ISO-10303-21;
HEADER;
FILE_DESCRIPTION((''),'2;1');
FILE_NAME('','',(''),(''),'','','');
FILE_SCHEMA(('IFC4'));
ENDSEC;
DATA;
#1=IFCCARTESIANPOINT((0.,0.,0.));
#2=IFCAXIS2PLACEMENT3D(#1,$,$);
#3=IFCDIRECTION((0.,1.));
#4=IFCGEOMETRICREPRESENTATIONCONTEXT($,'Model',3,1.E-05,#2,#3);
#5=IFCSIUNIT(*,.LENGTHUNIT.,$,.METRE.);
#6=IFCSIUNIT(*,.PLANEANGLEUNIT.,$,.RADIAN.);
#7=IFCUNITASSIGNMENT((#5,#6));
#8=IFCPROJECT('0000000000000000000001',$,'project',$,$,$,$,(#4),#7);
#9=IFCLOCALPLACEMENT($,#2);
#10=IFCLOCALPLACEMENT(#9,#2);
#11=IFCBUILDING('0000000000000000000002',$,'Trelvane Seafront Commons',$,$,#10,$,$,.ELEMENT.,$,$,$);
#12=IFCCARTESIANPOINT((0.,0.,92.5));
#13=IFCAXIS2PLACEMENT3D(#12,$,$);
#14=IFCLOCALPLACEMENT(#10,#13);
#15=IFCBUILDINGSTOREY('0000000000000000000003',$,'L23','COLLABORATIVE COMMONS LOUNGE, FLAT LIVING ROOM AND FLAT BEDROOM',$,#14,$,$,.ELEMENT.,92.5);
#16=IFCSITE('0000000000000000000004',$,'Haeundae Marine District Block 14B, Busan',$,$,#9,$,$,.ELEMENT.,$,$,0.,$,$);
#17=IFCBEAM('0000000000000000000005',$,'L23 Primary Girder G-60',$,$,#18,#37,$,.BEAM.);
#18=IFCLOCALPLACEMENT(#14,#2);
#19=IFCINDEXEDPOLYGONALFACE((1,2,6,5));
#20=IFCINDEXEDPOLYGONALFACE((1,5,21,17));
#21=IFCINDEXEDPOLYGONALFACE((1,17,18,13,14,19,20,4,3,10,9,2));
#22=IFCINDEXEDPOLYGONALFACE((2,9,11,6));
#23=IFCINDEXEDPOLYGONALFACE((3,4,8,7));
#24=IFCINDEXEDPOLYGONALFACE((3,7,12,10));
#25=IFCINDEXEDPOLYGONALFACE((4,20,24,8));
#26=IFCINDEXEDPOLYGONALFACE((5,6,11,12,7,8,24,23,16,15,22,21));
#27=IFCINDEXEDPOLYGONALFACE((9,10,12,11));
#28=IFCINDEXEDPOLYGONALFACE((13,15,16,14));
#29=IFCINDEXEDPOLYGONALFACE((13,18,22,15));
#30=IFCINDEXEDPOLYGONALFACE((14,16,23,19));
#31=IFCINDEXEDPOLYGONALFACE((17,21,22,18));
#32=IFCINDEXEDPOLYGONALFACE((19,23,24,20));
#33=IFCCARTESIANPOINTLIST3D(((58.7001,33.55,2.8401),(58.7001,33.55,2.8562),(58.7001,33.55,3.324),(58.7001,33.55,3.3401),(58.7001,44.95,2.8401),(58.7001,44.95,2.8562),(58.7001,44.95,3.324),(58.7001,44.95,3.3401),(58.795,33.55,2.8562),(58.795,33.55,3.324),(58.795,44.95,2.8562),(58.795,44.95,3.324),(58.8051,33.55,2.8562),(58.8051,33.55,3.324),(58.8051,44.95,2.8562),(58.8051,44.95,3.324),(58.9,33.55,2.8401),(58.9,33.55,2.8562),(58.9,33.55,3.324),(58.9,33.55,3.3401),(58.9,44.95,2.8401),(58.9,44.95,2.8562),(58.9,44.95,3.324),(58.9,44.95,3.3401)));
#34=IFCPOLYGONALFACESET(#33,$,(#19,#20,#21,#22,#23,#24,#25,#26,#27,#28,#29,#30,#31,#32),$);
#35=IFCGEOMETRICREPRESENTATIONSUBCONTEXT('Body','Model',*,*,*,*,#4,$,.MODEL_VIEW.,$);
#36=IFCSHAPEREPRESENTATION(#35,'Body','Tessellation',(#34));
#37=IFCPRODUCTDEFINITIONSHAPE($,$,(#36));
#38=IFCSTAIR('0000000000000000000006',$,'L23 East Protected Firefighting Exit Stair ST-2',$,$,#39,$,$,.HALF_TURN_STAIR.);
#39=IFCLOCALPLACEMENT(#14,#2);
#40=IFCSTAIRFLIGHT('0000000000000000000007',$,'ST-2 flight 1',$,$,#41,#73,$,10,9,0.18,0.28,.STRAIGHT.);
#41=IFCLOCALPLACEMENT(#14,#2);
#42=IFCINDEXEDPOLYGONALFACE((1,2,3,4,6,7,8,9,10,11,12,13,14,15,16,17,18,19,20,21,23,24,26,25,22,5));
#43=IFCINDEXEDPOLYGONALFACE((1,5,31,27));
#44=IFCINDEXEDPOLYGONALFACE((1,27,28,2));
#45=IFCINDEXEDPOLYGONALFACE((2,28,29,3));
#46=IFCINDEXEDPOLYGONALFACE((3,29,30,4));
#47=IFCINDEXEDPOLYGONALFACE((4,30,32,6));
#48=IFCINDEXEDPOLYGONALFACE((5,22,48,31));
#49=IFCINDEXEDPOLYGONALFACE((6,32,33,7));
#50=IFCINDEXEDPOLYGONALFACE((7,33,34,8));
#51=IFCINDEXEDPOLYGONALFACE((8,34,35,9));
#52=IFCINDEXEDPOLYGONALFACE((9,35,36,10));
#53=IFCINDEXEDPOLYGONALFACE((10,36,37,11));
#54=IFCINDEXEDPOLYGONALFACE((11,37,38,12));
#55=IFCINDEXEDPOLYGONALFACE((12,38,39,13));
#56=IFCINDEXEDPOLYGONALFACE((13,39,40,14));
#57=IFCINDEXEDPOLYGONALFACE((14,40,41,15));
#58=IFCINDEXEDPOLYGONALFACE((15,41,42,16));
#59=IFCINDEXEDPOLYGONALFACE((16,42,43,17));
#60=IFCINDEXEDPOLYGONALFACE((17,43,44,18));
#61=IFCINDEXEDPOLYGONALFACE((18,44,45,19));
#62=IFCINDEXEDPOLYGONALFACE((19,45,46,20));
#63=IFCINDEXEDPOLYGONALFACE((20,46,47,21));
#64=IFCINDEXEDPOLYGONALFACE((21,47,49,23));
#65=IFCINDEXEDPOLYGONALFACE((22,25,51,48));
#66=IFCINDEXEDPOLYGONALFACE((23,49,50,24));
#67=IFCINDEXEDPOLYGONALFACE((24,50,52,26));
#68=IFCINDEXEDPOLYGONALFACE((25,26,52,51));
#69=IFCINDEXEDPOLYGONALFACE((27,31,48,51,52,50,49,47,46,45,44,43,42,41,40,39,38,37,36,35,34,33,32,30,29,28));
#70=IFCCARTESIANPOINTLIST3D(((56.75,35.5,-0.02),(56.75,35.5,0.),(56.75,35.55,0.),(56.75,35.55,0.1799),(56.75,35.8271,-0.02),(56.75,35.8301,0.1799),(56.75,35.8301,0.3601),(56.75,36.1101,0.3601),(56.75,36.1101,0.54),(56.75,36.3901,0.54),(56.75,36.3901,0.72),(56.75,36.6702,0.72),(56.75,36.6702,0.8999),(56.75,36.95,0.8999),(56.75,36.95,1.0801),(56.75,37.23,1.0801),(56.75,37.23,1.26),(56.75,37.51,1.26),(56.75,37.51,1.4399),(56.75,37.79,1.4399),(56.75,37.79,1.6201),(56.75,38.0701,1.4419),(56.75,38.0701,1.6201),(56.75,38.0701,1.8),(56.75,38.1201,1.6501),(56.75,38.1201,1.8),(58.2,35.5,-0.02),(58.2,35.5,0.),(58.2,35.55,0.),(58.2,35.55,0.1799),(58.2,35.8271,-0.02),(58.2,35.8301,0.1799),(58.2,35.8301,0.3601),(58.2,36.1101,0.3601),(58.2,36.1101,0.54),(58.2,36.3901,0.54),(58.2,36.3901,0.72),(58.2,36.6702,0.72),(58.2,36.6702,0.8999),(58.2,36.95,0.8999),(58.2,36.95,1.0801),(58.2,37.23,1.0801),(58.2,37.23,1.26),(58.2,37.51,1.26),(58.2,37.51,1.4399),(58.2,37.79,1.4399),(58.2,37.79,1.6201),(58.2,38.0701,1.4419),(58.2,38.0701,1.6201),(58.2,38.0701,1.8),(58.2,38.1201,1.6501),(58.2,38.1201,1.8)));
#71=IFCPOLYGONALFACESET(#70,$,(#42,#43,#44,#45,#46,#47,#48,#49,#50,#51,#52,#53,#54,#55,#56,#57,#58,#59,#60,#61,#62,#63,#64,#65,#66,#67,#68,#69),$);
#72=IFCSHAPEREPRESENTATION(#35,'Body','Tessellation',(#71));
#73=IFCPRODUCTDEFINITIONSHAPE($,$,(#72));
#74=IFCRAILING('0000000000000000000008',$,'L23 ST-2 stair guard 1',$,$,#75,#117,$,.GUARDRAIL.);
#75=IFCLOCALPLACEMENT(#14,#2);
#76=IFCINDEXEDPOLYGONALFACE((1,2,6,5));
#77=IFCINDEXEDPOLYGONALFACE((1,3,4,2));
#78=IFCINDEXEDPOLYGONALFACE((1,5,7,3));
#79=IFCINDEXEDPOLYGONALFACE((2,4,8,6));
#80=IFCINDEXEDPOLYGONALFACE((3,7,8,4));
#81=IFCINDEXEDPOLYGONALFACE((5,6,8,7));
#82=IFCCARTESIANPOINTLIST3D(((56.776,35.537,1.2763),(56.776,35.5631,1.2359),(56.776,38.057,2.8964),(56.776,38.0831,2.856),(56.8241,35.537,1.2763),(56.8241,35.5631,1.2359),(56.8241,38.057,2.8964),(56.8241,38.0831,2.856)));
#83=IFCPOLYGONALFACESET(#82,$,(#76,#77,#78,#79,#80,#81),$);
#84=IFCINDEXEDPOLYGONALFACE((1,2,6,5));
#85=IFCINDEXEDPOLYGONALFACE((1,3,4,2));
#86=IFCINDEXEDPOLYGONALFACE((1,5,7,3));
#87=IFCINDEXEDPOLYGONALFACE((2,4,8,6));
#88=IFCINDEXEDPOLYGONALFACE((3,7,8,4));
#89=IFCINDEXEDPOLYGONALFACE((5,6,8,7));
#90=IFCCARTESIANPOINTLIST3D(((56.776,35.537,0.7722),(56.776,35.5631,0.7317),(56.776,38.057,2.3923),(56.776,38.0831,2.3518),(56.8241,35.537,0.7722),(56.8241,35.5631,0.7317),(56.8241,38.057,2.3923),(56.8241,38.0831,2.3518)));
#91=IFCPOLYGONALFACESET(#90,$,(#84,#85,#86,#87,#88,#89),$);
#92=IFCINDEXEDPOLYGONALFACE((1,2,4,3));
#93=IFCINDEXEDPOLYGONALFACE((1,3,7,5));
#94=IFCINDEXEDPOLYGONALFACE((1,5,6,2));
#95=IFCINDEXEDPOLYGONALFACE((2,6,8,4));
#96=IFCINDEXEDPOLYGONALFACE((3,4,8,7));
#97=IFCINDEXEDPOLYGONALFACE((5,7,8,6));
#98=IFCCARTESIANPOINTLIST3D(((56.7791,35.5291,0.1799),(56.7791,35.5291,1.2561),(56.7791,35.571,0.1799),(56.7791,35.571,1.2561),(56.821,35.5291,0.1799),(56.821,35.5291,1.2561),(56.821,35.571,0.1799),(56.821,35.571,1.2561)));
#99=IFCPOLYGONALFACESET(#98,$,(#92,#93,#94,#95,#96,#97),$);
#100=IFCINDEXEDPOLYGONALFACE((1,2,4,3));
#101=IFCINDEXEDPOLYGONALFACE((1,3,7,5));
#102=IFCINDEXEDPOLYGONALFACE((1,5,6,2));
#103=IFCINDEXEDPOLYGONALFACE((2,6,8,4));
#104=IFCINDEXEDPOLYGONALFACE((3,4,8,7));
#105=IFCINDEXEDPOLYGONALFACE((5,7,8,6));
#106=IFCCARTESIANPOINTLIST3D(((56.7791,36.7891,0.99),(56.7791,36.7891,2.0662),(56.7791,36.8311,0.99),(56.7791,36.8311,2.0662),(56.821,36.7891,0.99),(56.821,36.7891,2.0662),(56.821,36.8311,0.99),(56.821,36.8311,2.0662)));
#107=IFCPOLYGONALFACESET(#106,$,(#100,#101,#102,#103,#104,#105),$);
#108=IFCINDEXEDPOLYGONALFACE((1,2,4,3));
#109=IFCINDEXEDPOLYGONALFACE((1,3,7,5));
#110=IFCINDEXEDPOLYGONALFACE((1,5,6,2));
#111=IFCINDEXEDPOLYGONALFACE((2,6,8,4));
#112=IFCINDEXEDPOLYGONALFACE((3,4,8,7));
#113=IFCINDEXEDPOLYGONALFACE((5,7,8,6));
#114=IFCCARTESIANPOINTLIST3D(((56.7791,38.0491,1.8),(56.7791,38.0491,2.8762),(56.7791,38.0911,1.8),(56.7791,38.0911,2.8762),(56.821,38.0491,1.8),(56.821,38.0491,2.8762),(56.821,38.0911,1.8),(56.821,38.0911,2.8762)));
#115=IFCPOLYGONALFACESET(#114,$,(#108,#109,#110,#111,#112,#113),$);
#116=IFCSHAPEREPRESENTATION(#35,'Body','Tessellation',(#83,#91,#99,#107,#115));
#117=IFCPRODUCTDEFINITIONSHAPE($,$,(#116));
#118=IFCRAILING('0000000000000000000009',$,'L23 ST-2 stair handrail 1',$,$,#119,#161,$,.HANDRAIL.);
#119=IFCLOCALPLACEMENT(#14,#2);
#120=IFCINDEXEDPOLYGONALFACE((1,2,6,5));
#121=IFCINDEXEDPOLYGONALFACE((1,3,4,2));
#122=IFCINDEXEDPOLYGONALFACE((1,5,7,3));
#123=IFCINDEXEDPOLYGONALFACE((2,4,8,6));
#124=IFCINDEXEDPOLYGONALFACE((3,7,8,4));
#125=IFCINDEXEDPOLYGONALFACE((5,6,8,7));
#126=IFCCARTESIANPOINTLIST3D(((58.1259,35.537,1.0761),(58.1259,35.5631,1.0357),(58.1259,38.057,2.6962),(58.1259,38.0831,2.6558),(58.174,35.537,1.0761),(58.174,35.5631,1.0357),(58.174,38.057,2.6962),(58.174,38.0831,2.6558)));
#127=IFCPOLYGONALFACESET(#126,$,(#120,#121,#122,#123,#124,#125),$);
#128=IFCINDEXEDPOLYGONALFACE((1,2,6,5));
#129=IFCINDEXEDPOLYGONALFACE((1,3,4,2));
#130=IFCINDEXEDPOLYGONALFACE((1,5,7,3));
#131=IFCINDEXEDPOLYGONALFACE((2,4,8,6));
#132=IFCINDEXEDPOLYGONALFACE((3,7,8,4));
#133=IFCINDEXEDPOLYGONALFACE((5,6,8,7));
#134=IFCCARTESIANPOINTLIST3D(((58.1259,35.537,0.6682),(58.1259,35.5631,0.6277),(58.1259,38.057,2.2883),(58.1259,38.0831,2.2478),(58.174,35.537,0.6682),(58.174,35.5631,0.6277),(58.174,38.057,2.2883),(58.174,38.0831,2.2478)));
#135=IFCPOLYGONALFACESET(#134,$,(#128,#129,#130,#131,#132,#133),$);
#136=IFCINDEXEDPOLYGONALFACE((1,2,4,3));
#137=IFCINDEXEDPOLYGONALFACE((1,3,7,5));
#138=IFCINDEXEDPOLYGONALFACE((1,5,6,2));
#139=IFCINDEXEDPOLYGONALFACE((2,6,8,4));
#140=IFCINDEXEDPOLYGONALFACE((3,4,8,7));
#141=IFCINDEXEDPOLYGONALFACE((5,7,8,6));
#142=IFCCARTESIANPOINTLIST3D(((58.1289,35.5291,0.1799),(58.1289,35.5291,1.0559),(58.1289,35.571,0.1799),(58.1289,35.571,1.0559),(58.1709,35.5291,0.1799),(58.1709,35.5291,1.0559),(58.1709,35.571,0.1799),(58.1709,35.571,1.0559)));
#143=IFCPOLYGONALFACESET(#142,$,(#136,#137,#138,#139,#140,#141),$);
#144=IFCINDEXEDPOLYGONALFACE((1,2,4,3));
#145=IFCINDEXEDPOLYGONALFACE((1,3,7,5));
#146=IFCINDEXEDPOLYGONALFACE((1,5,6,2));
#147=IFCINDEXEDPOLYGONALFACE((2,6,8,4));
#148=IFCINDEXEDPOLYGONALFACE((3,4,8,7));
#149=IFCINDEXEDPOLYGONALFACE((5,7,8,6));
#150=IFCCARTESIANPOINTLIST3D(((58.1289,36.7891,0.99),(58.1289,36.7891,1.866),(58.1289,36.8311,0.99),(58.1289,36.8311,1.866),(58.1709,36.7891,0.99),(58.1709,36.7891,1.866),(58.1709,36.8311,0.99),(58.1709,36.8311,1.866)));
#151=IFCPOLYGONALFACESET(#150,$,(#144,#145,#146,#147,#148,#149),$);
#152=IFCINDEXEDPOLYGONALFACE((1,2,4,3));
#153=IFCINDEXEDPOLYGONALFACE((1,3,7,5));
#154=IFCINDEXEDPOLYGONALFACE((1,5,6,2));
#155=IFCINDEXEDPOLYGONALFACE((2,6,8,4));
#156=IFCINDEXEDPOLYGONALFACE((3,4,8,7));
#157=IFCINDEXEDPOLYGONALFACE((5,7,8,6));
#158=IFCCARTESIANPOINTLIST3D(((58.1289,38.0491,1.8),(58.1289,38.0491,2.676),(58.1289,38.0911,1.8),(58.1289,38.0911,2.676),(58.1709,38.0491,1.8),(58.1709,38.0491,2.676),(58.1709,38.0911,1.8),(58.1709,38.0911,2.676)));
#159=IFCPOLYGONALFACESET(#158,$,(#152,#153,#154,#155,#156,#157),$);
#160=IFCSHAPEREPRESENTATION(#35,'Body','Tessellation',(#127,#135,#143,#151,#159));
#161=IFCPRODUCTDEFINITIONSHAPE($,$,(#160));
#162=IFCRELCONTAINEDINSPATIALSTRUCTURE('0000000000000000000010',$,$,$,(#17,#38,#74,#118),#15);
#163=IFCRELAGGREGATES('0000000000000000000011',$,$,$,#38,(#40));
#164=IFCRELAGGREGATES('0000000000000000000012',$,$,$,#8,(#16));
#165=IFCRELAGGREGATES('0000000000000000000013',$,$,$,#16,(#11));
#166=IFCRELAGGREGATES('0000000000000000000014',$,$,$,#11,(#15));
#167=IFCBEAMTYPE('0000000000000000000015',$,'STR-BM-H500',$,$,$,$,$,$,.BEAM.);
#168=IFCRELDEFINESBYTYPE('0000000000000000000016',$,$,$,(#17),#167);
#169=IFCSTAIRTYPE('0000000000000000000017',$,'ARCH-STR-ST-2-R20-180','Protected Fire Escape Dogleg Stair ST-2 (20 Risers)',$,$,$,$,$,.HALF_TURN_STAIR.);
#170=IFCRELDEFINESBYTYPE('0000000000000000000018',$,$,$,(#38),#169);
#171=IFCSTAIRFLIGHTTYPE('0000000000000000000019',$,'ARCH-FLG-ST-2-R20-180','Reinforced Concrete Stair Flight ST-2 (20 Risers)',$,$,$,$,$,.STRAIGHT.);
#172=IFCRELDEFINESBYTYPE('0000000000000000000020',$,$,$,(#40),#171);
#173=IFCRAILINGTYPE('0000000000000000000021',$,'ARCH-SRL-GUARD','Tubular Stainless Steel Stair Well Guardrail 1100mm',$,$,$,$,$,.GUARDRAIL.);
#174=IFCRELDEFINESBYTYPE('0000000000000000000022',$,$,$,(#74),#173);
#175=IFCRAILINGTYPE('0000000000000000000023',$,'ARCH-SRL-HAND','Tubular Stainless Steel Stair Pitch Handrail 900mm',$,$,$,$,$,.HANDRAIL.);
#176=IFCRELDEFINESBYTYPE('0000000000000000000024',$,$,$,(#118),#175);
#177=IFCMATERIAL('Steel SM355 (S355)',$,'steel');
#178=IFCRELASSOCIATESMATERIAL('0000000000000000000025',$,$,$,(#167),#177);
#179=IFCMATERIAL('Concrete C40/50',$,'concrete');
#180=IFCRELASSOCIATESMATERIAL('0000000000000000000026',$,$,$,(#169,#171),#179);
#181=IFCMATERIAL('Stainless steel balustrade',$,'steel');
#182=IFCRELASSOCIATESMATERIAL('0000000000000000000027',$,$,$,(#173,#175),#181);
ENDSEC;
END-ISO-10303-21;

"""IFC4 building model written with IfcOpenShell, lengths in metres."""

from ifc_helpers import new_model, si_unit, direction, frame, origin, origin_2d, place, context, subcontext, project, spatial, polyline, rectangle, i_section, outline, extrude, source, transform, mapped, material, material_profile, profile_set, type_object, element, aggregate, save


model = new_model("IFC4")

# Units and contexts
model_context = context("Model", 3, precision=1e-05, world=origin(), true_north=direction((0.0, 1.0)))
body_context = subcontext(model_context, "Body", "Model", "MODEL_VIEW")
ifc_project = project(units=[si_unit("LENGTHUNIT", "METRE"), si_unit("PLANEANGLEUNIT", "RADIAN")], contexts=[model_context])

# Site, building, storey
site_placement = place(None, origin())
site = spatial("IfcSite", under=ifc_project, at=site_placement, Name="Haeundae Marine District Block 14B, Busan", CompositionType="ELEMENT", RefElevation=0.0)
building_placement = place(site_placement, origin())
building = spatial("IfcBuilding", under=site, at=building_placement, Name="Trelvane Seafront Commons", CompositionType="ELEMENT")
storey_placement = place(building_placement, frame((0.0, 0.0, 92.5)))
storey = spatial("IfcBuildingStorey", under=building, at=storey_placement, Name="L23", Description="COLLABORATIVE COMMONS LOUNGE, FLAT LIVING ROOM AND FLAT BEDROOM", CompositionType="ELEMENT", Elevation=92.5)

# Shared definitions
ifc_material_1 = material(Name="Steel SM355 (S355)", Category="steel")

# Beam
ifc_material_profile_1 = material_profile(ifc_material_1, i_section(OverallWidth=0.2, OverallDepth=0.5, WebThickness=0.01, FlangeThickness=0.0161, at=origin_2d()), Name="H-500x200x10x16")
ifc_profile_set_1 = profile_set([ifc_material_profile_1], Name="Steel SM355 (S355)")
beam_type_1 = type_object("IfcBeamType", Name="STR-BM-H500", PredefinedType="BEAM", material=ifc_profile_set_1)
shared_shape_1 = source(origin(), body_context, "Body", "SweptSolid", [
    extrude(i_section(OverallWidth=0.2, OverallDepth=0.5, WebThickness=0.01, FlangeThickness=0.0161, at=origin_2d()), origin(), (0.0, 0.0, 1.0), 11.3999),
])
beam_1_placement = place(storey_placement, frame((58.8, 33.55, 3.0901), z_axis=(0.0, 1.0, 0.0), x_axis=(-1.0, 0.0, 0.0)))
element("IfcBeam", 1, at=beam_1_placement, inside=storey, type_object=beam_type_1, Name="L23 Primary Girder G-60", PredefinedType="BEAM", context=body_context, shape_type="MappedRepresentation", body=[
    mapped(shared_shape_1, transform((0.0, 0.0, 0.0), x_axis=(1.0, 0.0, 0.0), y_axis=(0.0, 1.0, 0.0), z_axis=(0.0, 0.0, 1.0), scale=1.0)),
])

# Stair, stair flight
ifc_material_2 = material(Name="Concrete C40/50", Category="concrete")
stair_type = type_object("IfcStairType", Name="ARCH-STR-ST-2-R20-180", Description="Protected Fire Escape Dogleg Stair ST-2 (20 Risers)", PredefinedType="HALF_TURN_STAIR", material=ifc_material_2)
stair_placement = place(storey_placement, origin())
stair = element("IfcStair", 2, at=stair_placement, inside=storey, type_object=stair_type, Name="L23 East Protected Firefighting Exit Stair ST-2", PredefinedType="HALF_TURN_STAIR")
stair_flight_type = type_object("IfcStairFlightType", Name="ARCH-FLG-ST-2-R20-180", Description="Reinforced Concrete Stair Flight ST-2 (20 Risers)", PredefinedType="STRAIGHT", material=ifc_material_2)
shared_shape_2 = source(origin(), body_context, "Body", "SweptSolid", [
    extrude(outline(polyline([(-0.05, -0.02), (-0.05, 0.0), (0.0, 0.0), (0.0, 0.1799), (0.28, 0.1799), (0.28, 0.3601), (0.5601, 0.3601), (0.5601, 0.54), (0.8401, 0.54), (0.8401, 0.72), (1.1201, 0.72), (1.1201, 0.8999), (1.3999, 0.8999), (1.3999, 1.0801), (1.6799, 1.0801), (1.6799, 1.26), (1.96, 1.26), (1.96, 1.4399), (2.24, 1.4399), (2.24, 1.6201), (2.52, 1.6201), (2.52, 1.8), (2.5701, 1.8), (2.5701, 1.6501), (2.52, 1.4419), (0.2771, -0.02), (-0.05, -0.02)])), frame((0.0, 0.7251, 0.0), z_axis=(0.0, -1.0, 0.0), x_axis=(1.0, 0.0, 0.0)), (0.0, 0.0, 1.0), 1.45),
])
stair_flight_placement = place(storey_placement, frame((57.4751, 35.55, 0.0), z_axis=(0.0, 0.0, 1.0), x_axis=(0.0, 1.0, 0.0)))
stair_flight = element("IfcStairFlight", 3, at=stair_flight_placement, type_object=stair_flight_type, Name="ST-2 flight 1", NumberOfRisers=10, NumberOfTreads=9, PredefinedType="STRAIGHT", RiserHeight=0.18, TreadLength=0.28, context=body_context, shape_type="MappedRepresentation", body=[
    mapped(shared_shape_2, transform((0.0, 0.0, 0.0), x_axis=(1.0, 0.0, 0.0), y_axis=(0.0, 1.0, 0.0), z_axis=(0.0, 0.0, 1.0), scale=1.0)),
])
aggregate(stair, [stair_flight])

# Railings
ifc_material_3 = material(Name="Stainless steel balustrade", Category="steel")
railing_type_1 = type_object("IfcRailingType", Name="ARCH-SRL-GUARD", Description="Tubular Stainless Steel Stair Well Guardrail 1100mm", PredefinedType="GUARDRAIL", material=ifc_material_3)
railing_1_placement = place(storey_placement, frame((56.8, 35.55, 0.1799)))
element("IfcRailing", 4, at=railing_1_placement, inside=storey, type_object=railing_type_1, Name="L23 ST-2 stair guard 1", PredefinedType="GUARDRAIL", context=body_context, shape_type="SweptSolid", body=[
    extrude(rectangle(XDim=0.0481, YDim=0.0481, at=origin_2d()), frame((0.0, 0.0, 1.0762), z_axis=(0.0, 0.841163, 0.540782), x_axis=(-1.0, 0.0, 0.0)), (0.0, 0.0, 1.0), 2.9958),
    extrude(rectangle(XDim=0.0481, YDim=0.0481, at=origin_2d()), frame((0.0, 0.0, 0.572), z_axis=(0.0, 0.841163, 0.540782), x_axis=(-1.0, 0.0, 0.0)), (0.0, 0.0, 1.0), 2.9958),
    extrude(rectangle(XDim=0.042, YDim=0.042, at=origin_2d()), origin(), (0.0, 0.0, 1.0), 1.0762),
    extrude(rectangle(XDim=0.042, YDim=0.042, at=origin_2d()), frame((0.0, 1.26, 0.8101)), (0.0, 0.0, 1.0), 1.0762),
    extrude(rectangle(XDim=0.042, YDim=0.042, at=origin_2d()), frame((0.0, 2.52, 1.6201)), (0.0, 0.0, 1.0), 1.0762),
])
railing_type_2 = type_object("IfcRailingType", Name="ARCH-SRL-HAND", Description="Tubular Stainless Steel Stair Pitch Handrail 900mm", PredefinedType="HANDRAIL", material=ifc_material_3)
railing_2_placement = place(storey_placement, frame((58.1499, 35.55, 0.1799)))
element("IfcRailing", 5, at=railing_2_placement, inside=storey, type_object=railing_type_2, Name="L23 ST-2 stair handrail 1", PredefinedType="HANDRAIL", context=body_context, shape_type="SweptSolid", body=[
    extrude(rectangle(XDim=0.0481, YDim=0.0481, at=origin_2d()), frame((0.0, 0.0, 0.876), z_axis=(0.0, 0.841163, 0.540782), x_axis=(-1.0, 0.0, 0.0)), (0.0, 0.0, 1.0), 2.9958),
    extrude(rectangle(XDim=0.0481, YDim=0.0481, at=origin_2d()), frame((0.0, 0.0, 0.468), z_axis=(0.0, 0.841163, 0.540782), x_axis=(-1.0, 0.0, 0.0)), (0.0, 0.0, 1.0), 2.9958),
    extrude(rectangle(XDim=0.042, YDim=0.042, at=origin_2d()), origin(), (0.0, 0.0, 1.0), 0.876),
    extrude(rectangle(XDim=0.042, YDim=0.042, at=origin_2d()), frame((0.0, 1.26, 0.8101)), (0.0, 0.0, 1.0), 0.876),
    extrude(rectangle(XDim=0.042, YDim=0.042, at=origin_2d()), frame((0.0, 2.52, 1.6201)), (0.0, 0.0, 1.0), 0.876),
])

save(model, "model.ifc")
